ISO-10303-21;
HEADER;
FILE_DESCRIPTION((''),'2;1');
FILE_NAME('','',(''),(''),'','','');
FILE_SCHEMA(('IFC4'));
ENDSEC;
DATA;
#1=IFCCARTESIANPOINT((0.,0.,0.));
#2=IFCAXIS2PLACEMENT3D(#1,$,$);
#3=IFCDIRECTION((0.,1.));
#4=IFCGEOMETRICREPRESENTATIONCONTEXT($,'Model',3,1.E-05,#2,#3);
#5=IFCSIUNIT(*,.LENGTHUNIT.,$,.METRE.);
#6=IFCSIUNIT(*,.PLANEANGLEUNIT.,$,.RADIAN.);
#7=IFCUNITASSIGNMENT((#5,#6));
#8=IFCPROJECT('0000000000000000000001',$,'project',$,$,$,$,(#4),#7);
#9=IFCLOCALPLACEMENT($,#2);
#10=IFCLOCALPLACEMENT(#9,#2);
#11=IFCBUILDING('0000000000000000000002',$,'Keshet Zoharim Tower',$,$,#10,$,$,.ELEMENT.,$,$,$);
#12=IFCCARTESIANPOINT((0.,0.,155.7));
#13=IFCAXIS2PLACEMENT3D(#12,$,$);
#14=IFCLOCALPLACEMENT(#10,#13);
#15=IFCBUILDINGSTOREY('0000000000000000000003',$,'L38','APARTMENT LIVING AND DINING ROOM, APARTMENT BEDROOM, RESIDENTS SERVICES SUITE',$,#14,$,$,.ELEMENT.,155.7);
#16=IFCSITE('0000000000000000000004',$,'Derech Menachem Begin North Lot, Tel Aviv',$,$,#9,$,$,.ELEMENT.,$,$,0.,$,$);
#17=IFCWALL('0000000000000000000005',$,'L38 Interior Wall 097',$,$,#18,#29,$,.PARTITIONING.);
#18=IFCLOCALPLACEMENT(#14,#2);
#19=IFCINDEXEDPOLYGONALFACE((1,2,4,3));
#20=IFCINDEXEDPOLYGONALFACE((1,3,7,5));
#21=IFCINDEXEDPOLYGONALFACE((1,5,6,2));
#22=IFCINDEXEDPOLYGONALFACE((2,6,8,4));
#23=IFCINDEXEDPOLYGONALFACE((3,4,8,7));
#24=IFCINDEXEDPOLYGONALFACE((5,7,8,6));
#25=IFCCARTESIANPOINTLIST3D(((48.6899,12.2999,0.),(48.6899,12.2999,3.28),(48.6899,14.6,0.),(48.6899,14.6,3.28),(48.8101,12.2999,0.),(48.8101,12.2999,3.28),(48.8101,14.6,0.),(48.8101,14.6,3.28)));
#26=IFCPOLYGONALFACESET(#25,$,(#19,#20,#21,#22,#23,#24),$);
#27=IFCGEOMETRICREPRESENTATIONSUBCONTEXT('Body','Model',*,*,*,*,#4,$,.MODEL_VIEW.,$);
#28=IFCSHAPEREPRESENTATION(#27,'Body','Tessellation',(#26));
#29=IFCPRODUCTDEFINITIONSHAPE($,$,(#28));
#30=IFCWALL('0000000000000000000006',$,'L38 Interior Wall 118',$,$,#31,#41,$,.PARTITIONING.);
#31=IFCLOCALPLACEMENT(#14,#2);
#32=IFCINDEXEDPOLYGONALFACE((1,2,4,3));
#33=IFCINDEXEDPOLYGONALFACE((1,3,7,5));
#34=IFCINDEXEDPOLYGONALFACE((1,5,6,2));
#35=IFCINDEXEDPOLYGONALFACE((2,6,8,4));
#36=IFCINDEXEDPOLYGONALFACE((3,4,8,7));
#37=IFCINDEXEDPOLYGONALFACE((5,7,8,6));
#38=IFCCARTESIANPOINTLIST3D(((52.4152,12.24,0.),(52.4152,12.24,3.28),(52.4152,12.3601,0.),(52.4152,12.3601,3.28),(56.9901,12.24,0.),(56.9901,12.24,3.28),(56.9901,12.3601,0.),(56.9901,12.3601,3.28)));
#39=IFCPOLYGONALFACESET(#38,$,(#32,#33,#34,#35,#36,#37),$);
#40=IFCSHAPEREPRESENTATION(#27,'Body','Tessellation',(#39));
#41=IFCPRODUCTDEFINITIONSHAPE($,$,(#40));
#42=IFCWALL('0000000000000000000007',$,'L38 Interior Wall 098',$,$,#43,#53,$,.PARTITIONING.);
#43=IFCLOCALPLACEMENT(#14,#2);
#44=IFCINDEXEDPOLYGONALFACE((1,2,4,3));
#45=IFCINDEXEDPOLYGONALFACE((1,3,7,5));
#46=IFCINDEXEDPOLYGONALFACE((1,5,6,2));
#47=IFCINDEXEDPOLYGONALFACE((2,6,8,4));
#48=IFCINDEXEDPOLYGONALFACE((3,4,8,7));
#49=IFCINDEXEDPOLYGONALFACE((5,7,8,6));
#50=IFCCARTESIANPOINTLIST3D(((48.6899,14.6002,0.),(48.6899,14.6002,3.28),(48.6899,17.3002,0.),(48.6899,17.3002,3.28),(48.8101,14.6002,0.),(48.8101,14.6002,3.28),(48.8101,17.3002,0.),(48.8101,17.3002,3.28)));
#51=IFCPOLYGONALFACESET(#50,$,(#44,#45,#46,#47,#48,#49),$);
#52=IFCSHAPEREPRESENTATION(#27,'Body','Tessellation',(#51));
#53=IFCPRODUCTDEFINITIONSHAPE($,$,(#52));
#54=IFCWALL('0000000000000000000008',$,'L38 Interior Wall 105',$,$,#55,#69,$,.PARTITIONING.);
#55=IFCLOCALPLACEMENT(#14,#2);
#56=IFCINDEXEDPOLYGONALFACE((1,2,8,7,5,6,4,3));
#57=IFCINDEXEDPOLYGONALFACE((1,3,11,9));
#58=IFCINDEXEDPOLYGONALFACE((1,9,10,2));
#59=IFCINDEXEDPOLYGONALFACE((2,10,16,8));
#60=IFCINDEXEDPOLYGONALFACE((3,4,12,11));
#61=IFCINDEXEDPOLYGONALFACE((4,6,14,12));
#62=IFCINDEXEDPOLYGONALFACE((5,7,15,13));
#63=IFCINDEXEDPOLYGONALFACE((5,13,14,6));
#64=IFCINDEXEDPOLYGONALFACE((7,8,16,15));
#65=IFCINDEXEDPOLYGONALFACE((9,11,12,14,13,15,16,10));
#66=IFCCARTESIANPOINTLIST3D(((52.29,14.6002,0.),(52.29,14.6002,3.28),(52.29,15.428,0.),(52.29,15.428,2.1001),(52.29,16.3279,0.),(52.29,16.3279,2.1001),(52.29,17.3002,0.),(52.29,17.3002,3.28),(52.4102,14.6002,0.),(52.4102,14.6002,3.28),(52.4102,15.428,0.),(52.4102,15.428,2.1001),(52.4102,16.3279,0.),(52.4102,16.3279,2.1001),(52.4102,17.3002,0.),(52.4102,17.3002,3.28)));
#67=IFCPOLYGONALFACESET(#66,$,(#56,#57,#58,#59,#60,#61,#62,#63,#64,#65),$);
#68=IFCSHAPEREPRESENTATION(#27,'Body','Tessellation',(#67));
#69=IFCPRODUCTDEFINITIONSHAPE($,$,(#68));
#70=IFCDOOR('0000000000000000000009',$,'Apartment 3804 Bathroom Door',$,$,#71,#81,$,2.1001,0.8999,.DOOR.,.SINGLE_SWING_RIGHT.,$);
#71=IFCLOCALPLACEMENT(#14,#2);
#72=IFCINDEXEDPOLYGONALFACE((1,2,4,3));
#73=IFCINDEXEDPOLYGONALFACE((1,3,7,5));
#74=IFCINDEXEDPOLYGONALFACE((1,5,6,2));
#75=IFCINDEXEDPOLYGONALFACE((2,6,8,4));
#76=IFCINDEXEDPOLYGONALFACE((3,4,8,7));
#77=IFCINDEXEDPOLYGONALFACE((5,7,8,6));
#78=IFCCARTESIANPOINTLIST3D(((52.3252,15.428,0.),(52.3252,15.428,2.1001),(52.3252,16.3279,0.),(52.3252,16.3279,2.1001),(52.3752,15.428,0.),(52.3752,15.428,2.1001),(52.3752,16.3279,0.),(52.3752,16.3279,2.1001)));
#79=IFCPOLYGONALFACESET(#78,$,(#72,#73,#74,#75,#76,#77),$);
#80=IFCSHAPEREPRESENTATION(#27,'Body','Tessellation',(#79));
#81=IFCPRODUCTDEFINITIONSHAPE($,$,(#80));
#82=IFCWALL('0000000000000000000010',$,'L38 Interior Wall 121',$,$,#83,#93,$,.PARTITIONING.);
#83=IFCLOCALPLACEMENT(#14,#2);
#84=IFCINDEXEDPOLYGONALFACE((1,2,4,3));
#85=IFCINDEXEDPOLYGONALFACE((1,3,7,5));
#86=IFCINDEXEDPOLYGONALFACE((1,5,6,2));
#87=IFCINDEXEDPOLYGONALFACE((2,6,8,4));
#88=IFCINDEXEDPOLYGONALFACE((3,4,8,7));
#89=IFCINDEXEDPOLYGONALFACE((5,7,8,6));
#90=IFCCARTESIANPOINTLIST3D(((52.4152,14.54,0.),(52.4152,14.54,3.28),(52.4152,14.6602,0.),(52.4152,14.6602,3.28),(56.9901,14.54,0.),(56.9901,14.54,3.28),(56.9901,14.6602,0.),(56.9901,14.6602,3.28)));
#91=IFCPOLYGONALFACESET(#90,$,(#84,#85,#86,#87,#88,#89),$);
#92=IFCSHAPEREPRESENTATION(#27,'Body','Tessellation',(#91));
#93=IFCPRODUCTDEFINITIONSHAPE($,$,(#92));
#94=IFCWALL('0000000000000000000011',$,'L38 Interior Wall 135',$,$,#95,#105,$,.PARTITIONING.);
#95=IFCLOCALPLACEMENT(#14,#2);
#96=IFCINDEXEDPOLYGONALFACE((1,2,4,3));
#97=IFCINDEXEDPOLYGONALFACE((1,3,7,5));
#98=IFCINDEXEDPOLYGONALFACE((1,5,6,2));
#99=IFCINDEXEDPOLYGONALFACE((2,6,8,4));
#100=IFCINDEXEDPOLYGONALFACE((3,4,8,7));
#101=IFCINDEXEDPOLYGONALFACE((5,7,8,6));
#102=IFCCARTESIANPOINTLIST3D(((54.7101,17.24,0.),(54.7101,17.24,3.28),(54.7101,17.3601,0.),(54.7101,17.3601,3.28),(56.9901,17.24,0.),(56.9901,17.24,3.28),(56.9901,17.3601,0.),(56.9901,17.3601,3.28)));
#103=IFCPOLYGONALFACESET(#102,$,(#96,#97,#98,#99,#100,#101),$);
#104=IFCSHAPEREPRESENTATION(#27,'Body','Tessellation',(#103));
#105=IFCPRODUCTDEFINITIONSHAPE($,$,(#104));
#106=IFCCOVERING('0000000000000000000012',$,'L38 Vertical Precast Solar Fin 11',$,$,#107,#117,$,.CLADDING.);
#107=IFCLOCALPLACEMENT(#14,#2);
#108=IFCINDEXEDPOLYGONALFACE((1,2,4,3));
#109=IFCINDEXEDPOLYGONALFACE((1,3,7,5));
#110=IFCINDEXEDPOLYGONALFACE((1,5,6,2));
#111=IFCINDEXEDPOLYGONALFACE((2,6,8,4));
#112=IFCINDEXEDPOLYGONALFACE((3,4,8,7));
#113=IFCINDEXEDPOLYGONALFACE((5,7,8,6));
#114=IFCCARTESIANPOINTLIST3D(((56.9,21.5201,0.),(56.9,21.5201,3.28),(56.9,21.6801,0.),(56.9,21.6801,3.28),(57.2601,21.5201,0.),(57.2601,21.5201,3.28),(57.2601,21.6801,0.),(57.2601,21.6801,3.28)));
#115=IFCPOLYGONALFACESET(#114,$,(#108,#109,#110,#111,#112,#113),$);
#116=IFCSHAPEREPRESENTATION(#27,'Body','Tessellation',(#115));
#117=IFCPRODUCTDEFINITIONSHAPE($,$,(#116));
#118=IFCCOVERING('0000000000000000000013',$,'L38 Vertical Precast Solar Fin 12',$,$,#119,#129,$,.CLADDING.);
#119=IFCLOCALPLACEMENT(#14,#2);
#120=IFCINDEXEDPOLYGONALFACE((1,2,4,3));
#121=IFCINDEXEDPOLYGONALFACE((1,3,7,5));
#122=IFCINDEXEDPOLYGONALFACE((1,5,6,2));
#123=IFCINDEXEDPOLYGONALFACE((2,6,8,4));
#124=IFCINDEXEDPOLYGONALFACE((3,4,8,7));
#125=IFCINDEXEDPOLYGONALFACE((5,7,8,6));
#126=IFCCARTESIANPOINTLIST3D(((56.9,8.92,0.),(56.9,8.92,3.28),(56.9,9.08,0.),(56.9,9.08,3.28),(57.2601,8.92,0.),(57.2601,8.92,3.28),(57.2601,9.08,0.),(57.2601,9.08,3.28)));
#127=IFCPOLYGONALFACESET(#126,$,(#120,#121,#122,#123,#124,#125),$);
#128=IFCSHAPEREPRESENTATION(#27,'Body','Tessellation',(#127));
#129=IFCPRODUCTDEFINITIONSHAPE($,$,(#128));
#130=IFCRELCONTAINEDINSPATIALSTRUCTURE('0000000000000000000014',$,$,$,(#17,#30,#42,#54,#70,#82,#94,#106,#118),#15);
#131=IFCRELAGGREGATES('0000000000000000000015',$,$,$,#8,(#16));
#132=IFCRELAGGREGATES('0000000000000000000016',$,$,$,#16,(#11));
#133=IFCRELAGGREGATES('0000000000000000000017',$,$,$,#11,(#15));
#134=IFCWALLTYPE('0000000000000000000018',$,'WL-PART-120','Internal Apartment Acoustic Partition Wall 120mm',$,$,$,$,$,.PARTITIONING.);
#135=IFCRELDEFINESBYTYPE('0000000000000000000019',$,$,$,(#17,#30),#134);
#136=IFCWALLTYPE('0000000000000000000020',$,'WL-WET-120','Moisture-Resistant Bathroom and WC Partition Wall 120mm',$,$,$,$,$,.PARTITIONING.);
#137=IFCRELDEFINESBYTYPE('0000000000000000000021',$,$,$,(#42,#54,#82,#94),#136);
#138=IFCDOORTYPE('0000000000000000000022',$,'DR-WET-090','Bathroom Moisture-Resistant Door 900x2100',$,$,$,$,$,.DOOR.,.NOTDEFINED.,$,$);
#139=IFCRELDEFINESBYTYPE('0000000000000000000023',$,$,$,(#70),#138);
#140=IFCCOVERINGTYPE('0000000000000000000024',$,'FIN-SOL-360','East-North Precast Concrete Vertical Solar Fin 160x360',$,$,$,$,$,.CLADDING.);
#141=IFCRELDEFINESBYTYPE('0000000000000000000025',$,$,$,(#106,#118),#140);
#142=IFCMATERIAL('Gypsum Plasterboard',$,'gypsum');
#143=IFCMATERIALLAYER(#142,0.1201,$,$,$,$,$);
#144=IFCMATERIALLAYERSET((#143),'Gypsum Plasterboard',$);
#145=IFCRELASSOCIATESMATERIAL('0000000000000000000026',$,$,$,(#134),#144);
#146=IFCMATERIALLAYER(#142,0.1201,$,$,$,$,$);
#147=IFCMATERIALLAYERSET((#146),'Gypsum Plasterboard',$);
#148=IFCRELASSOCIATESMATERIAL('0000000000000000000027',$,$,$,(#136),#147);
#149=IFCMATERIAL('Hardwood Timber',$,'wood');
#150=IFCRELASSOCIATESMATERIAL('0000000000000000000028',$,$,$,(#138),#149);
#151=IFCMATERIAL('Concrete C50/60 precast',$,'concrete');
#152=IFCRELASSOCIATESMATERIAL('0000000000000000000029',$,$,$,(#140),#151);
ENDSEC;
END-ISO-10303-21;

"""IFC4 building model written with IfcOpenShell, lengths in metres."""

from ifc_helpers import new_model, si_unit, direction, frame, frame_2d, origin, origin_2d, place, context, subcontext, project, spatial, rectangle, extrude, material, layer, layer_set, type_object, element, fill, save


model = new_model("IFC4")

# Units and contexts
model_context = context("Model", 3, precision=1e-05, world=origin(), true_north=direction((0.0, 1.0)))
body_context = subcontext(model_context, "Body", "Model", "MODEL_VIEW")
ifc_project = project(units=[si_unit("LENGTHUNIT", "METRE"), si_unit("PLANEANGLEUNIT", "RADIAN")], contexts=[model_context])

# Site, building, storey
site_placement = place(None, origin())
site = spatial("IfcSite", under=ifc_project, at=site_placement, Name="Derech Menachem Begin North Lot, Tel Aviv", CompositionType="ELEMENT", RefElevation=0.0)
building_placement = place(site_placement, origin())
building = spatial("IfcBuilding", under=site, at=building_placement, Name="Keshet Zoharim Tower", CompositionType="ELEMENT")
storey_placement = place(building_placement, frame((0.0, 0.0, 155.7)))
storey = spatial("IfcBuildingStorey", under=building, at=storey_placement, Name="L38", Description="APARTMENT LIVING AND DINING ROOM, APARTMENT BEDROOM, RESIDENTS SERVICES SUITE", CompositionType="ELEMENT", Elevation=155.7)

# Shared definitions
ifc_material_1 = material(Name="Gypsum Plasterboard", Category="gypsum")

# Shared definitions
ifc_material_2 = material(Name="Hardwood Timber", Category="wood")

# Wall
ifc_layer_1 = layer(ifc_material_1, 0.1201)
ifc_layer_set_1 = layer_set([ifc_layer_1], Name="Gypsum Plasterboard")
wall_type_1 = type_object("IfcWallType", Name="WL-PART-120", Description="Internal Apartment Acoustic Partition Wall 120mm", PredefinedType="PARTITIONING", material=ifc_layer_set_1)
wall_1_placement = place(storey_placement, frame((48.75, 12.3, 0.0), z_axis=(0.0, 0.0, 1.0), x_axis=(0.0, 1.0, 0.0)))
element("IfcWall", 1, at=wall_1_placement, inside=storey, type_object=wall_type_1, Name="L38 Interior Wall 097", PredefinedType="PARTITIONING", context=body_context, shape_type="SweptSolid", body=[
    extrude(rectangle(XDim=2.3, YDim=0.1201, at=frame_2d((1.1499, 0.0))), origin(), (0.0, 0.0, 1.0), 3.28),
])

# Walls
wall_2_placement = place(storey_placement, frame((52.415, 12.3, 0.0), z_axis=(0.0, 0.0, 1.0), x_axis=(1.0, 0.0, 0.0)))
element("IfcWall", 2, at=wall_2_placement, inside=storey, type_object=wall_type_1, Name="L38 Interior Wall 118", PredefinedType="PARTITIONING", context=body_context, shape_type="SweptSolid", body=[
    extrude(rectangle(XDim=4.575, YDim=0.1201, at=frame_2d((2.2876, 0.0))), origin(), (0.0, 0.0, 1.0), 3.28),
])
ifc_layer_2 = layer(ifc_material_1, 0.1201)
ifc_layer_set_2 = layer_set([ifc_layer_2], Name="Gypsum Plasterboard")
wall_type_2 = type_object("IfcWallType", Name="WL-WET-120", Description="Moisture-Resistant Bathroom and WC Partition Wall 120mm", PredefinedType="PARTITIONING", material=ifc_layer_set_2)
wall_3_placement = place(storey_placement, frame((48.75, 14.6001, 0.0), z_axis=(0.0, 0.0, 1.0), x_axis=(0.0, 1.0, 0.0)))
element("IfcWall", 3, at=wall_3_placement, inside=storey, type_object=wall_type_2, Name="L38 Interior Wall 098", PredefinedType="PARTITIONING", context=body_context, shape_type="SweptSolid", body=[
    extrude(rectangle(XDim=2.7, YDim=0.1201, at=frame_2d((1.3501, 0.0))), origin(), (0.0, 0.0, 1.0), 3.28),
])

# Wall, opening, door
wall_4_placement = place(storey_placement, frame((52.3501, 14.6001, 0.0), z_axis=(0.0, 0.0, 1.0), x_axis=(0.0, 1.0, 0.0)))
wall_4 = element("IfcWall", 4, at=wall_4_placement, inside=storey, type_object=wall_type_2, Name="L38 Interior Wall 105", PredefinedType="PARTITIONING", context=body_context, shape_type="SweptSolid", body=[
    extrude(rectangle(XDim=2.7, YDim=0.1201, at=frame_2d((1.3501, 0.0))), origin(), (0.0, 0.0, 1.0), 3.28),
])
opening_1_placement = place(wall_4_placement, frame((0.8279, 0.0, 0.0)))
opening_1 = element("IfcOpeningElement", 5, at=opening_1_placement, cuts=wall_4, PredefinedType="OPENING", context=body_context, shape_type="SweptSolid", body=[
    extrude(rectangle(XDim=0.8999, YDim=2.1001, at=frame_2d((0.45, 1.05))), frame((0.0, 0.0701, 0.0), z_axis=(0.0, -1.0, 0.0), x_axis=(1.0, 0.0, 0.0)), (0.0, 0.0, 1.0), 0.1401),
])
door_type_1 = type_object("IfcDoorType", Name="DR-WET-090", Description="Bathroom Moisture-Resistant Door 900x2100", OperationType="NOTDEFINED", PredefinedType="DOOR", material=ifc_material_2)
door_1_placement = place(opening_1_placement, origin())
door_1 = element("IfcDoor", 6, at=door_1_placement, inside=storey, type_object=door_type_1, Name="Apartment 3804 Bathroom Door", OperationType="SINGLE_SWING_RIGHT", OverallHeight=2.1001, OverallWidth=0.8999, PredefinedType="DOOR", context=body_context, shape_type="SweptSolid", body=[
    extrude(rectangle(XDim=0.8999, YDim=2.1001, at=frame_2d((0.45, 1.05))), frame((0.0, 0.0249, 0.0), z_axis=(0.0, -1.0, 0.0), x_axis=(1.0, 0.0, 0.0)), (0.0, 0.0, 1.0), 0.05),
])
fill(opening_1, door_1)

# Walls
wall_5_placement = place(storey_placement, frame((52.415, 14.6001, 0.0), z_axis=(0.0, 0.0, 1.0), x_axis=(1.0, 0.0, 0.0)))
element("IfcWall", 7, at=wall_5_placement, inside=storey, type_object=wall_type_2, Name="L38 Interior Wall 121", PredefinedType="PARTITIONING", context=body_context, shape_type="SweptSolid", body=[
    extrude(rectangle(XDim=4.575, YDim=0.1201, at=frame_2d((2.2876, 0.0))), origin(), (0.0, 0.0, 1.0), 3.28),
])
wall_6_placement = place(storey_placement, frame((54.71, 17.3, 0.0), z_axis=(0.0, 0.0, 1.0), x_axis=(1.0, 0.0, 0.0)))
element("IfcWall", 8, at=wall_6_placement, inside=storey, type_object=wall_type_2, Name="L38 Interior Wall 135", PredefinedType="PARTITIONING", context=body_context, shape_type="SweptSolid", body=[
    extrude(rectangle(XDim=2.28, YDim=0.1201, at=frame_2d((1.1401, 0.0))), origin(), (0.0, 0.0, 1.0), 3.28),
])

# Coverings
ifc_material_3 = material(Name="Concrete C50/60 precast", Category="concrete")
covering_type = type_object("IfcCoveringType", Name="FIN-SOL-360", Description="East-North Precast Concrete Vertical Solar Fin 160x360", PredefinedType="CLADDING", material=ifc_material_3)
for number, where, z_axis, x_axis, name in (
    (9, (57.0801, 21.6001, 0.0), (0.0, 0.0, 1.0), (0.0, -1.0, 0.0), "L38 Vertical Precast Solar Fin 11"),
    (10, (57.0801, 9.0, 0.0), (0.0, 0.0, 1.0), (0.0, -1.0, 0.0), "L38 Vertical Precast Solar Fin 12"),
):
    element("IfcCovering", number, at=place(storey_placement, frame(where, z_axis=z_axis, x_axis=x_axis)), inside=storey, type_object=covering_type, Name=name, PredefinedType="CLADDING", context=body_context, shape_type="SweptSolid", body=[
        extrude(rectangle(XDim=0.1599, YDim=0.3601, at=origin_2d()), origin(), (0.0, 0.0, 1.0), 3.28),
    ])

save(model, "model.ifc")
